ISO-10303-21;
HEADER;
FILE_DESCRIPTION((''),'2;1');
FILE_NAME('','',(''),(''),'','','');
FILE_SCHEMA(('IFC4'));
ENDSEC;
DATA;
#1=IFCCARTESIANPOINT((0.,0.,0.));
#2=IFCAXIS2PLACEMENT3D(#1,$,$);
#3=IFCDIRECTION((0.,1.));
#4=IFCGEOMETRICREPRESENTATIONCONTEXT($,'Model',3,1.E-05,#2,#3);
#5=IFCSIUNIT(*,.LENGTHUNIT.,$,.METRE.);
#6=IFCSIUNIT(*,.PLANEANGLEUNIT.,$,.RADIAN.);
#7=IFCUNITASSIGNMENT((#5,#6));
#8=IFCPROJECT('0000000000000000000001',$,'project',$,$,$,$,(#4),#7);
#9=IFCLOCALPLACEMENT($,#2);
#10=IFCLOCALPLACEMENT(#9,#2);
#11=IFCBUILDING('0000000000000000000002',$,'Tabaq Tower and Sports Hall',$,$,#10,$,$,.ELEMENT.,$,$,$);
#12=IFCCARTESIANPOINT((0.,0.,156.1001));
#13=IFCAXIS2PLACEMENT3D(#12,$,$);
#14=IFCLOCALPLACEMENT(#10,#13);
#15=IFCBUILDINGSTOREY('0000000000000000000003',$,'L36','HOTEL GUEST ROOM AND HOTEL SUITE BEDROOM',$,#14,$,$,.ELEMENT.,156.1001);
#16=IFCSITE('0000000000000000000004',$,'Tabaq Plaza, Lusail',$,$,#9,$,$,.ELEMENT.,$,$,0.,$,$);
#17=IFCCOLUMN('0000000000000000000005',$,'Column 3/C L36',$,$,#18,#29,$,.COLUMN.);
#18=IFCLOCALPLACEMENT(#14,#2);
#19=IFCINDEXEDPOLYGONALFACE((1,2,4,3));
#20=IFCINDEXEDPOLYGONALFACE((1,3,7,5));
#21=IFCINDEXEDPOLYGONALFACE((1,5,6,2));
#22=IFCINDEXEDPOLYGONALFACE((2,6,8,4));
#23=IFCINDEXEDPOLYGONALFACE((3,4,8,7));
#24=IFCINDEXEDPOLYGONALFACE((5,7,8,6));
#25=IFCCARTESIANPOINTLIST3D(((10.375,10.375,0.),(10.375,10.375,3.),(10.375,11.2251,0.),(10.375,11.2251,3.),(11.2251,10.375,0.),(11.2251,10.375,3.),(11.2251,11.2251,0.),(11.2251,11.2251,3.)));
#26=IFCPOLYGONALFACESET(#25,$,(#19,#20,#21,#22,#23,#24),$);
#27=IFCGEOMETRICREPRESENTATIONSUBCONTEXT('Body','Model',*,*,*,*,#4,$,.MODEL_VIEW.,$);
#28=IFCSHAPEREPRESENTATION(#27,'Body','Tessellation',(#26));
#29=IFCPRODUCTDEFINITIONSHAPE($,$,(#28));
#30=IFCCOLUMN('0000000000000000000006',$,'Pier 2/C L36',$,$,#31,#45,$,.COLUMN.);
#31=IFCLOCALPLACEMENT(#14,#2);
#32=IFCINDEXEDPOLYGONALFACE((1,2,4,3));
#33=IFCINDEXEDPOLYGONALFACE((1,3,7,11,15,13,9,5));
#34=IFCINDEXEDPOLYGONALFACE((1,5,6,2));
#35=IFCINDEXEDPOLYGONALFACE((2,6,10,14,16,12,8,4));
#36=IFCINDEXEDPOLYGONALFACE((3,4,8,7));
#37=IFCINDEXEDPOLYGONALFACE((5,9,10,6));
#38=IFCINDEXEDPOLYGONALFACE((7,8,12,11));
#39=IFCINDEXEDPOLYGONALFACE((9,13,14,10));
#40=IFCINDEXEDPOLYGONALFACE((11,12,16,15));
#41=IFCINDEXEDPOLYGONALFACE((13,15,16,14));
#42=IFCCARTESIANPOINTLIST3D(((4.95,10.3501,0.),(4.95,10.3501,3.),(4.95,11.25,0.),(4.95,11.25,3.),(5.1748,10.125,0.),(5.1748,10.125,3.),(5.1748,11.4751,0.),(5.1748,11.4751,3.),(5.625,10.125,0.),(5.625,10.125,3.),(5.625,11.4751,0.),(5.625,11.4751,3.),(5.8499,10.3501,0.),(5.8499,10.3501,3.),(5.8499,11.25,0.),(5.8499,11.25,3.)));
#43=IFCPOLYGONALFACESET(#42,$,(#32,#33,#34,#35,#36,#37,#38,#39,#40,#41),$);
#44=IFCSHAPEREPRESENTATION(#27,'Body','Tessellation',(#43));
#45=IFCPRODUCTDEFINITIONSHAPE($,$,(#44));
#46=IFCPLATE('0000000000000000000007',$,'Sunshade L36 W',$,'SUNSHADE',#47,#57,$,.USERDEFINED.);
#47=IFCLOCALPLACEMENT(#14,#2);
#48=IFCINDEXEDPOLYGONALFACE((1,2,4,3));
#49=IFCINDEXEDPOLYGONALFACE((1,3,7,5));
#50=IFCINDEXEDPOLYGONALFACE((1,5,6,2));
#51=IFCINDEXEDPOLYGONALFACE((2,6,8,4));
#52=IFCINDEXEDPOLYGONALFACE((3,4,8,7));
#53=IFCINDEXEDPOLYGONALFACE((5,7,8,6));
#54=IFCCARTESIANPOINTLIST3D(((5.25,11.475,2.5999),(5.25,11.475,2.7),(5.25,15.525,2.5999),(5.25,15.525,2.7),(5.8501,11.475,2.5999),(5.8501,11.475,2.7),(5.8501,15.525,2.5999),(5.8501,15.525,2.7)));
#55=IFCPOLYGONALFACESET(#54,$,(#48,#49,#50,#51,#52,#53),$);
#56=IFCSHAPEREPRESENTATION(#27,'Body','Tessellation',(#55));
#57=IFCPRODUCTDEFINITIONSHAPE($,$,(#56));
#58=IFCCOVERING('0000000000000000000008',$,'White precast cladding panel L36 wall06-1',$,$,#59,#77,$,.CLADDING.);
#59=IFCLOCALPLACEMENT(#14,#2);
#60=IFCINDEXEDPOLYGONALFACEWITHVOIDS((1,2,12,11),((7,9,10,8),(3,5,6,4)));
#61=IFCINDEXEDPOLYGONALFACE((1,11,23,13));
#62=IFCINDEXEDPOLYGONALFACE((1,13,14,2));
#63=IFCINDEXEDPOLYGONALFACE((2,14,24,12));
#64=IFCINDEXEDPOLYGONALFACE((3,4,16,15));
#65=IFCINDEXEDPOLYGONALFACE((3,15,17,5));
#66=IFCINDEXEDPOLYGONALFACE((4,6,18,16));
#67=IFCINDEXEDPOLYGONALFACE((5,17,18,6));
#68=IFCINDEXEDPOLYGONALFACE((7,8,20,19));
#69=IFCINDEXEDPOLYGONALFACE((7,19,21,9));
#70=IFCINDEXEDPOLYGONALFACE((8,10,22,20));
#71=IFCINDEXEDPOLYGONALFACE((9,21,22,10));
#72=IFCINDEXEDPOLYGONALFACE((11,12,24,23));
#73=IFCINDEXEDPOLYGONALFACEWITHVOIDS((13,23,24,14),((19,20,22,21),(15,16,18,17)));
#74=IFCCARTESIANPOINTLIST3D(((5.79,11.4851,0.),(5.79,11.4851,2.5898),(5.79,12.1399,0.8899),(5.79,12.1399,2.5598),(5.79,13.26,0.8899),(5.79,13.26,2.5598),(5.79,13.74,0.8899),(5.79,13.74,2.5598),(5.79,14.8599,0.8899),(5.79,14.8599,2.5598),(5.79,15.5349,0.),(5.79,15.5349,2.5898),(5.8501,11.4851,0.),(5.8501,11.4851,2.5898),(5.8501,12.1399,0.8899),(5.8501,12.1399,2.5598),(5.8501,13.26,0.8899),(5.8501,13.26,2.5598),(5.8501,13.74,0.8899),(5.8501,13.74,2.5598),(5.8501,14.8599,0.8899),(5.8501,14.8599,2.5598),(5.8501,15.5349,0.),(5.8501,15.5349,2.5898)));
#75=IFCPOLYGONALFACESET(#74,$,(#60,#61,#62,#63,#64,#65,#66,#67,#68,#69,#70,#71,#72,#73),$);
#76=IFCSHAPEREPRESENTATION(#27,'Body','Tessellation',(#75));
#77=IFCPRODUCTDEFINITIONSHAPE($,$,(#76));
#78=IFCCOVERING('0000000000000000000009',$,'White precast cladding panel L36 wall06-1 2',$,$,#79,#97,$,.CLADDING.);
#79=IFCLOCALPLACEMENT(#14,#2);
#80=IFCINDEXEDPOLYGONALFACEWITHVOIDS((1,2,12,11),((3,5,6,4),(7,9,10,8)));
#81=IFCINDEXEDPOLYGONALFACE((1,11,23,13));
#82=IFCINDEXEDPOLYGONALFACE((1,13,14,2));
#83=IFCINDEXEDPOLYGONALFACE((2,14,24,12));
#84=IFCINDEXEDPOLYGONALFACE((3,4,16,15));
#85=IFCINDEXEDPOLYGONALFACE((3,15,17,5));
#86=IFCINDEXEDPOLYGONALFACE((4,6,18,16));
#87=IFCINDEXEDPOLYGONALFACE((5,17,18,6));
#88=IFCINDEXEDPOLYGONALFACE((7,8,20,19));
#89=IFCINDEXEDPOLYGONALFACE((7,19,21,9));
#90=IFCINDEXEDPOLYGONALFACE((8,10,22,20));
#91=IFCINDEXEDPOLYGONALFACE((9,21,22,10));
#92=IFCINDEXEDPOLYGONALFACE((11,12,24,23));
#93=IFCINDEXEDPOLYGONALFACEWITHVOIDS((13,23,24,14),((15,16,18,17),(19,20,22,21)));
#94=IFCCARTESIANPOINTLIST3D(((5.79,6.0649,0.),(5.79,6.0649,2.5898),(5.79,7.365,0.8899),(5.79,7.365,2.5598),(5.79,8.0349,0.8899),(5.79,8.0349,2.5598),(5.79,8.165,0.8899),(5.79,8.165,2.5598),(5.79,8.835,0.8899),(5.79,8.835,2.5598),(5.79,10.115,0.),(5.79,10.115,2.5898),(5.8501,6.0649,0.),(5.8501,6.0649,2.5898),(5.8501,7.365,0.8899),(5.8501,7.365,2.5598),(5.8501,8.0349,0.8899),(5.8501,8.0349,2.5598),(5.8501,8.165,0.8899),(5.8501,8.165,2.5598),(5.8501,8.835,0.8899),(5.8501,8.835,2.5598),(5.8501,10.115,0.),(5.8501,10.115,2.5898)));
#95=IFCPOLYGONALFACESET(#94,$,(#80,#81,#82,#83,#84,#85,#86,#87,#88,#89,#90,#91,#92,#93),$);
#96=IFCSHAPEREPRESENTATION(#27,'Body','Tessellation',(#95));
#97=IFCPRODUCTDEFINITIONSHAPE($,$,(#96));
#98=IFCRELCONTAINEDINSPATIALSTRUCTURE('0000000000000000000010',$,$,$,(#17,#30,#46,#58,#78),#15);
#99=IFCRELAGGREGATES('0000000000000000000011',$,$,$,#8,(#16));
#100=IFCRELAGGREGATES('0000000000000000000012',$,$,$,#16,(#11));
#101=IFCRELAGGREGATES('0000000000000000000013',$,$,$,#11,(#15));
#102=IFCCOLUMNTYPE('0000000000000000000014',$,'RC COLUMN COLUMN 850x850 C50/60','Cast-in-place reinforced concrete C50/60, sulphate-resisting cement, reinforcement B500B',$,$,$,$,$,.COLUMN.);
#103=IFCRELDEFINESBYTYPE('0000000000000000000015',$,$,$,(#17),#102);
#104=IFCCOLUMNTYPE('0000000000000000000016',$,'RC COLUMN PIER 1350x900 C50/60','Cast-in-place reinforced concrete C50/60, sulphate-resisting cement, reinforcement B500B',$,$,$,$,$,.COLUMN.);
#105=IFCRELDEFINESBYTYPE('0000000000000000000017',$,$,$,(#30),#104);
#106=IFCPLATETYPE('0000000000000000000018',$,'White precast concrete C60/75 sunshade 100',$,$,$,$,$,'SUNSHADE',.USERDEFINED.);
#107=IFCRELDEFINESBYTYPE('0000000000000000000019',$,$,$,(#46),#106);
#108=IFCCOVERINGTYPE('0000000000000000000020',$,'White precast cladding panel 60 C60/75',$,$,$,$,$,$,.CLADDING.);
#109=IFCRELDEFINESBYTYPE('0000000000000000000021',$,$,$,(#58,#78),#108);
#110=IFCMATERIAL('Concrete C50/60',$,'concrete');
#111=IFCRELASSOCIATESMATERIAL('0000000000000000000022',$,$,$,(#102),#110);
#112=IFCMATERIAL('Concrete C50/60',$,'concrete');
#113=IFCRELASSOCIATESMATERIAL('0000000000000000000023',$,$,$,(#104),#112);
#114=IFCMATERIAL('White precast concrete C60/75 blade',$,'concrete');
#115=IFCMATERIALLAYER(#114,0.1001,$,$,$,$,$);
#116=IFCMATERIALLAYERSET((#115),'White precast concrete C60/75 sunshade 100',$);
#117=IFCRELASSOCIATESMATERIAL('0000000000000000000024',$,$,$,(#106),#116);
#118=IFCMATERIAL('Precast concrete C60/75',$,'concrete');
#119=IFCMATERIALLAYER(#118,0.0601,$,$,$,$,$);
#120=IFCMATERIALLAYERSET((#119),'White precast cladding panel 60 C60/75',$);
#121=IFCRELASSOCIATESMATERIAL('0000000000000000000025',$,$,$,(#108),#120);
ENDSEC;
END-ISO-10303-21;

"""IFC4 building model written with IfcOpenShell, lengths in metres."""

from ifc_helpers import new_model, si_unit, direction, frame, origin, origin_2d, place, context, subcontext, project, spatial, polyline, rectangle, outline, extrude, material, layer, layer_set, material_profile, profile_set, type_object, element, save


model = new_model("IFC4")

# Units and contexts
model_context = context("Model", 3, precision=1e-05, world=origin(), true_north=direction((0.0, 1.0)))
body_context = subcontext(model_context, "Body", "Model", "MODEL_VIEW")
ifc_project = project(units=[si_unit("LENGTHUNIT", "METRE"), si_unit("PLANEANGLEUNIT", "RADIAN")], contexts=[model_context])

# Site, building, storey
site_placement = place(None, origin())
site = spatial("IfcSite", under=ifc_project, at=site_placement, Name="Tabaq Plaza, Lusail", CompositionType="ELEMENT", RefElevation=0.0)
building_placement = place(site_placement, origin())
building = spatial("IfcBuilding", under=site, at=building_placement, Name="Tabaq Tower and Sports Hall", CompositionType="ELEMENT")
storey_placement = place(building_placement, frame((0.0, 0.0, 156.1001)))
storey = spatial("IfcBuildingStorey", under=building, at=storey_placement, Name="L36", Description="HOTEL GUEST ROOM AND HOTEL SUITE BEDROOM", CompositionType="ELEMENT", Elevation=156.1001)

# Columns
ifc_material_1 = material(Name="Concrete C50/60", Category="concrete")
ifc_material_profile_1 = material_profile(ifc_material_1, rectangle(XDim=0.8501, YDim=0.8501, at=origin_2d()), Name="COLUMN 850x850")
ifc_profile_set_1 = profile_set([ifc_material_profile_1], Name="Concrete C50/60")
column_type_1 = type_object("IfcColumnType", Name="RC COLUMN COLUMN 850x850 C50/60", Description="Cast-in-place reinforced concrete C50/60, sulphate-resisting cement, reinforcement B500B", PredefinedType="COLUMN", material=ifc_profile_set_1)
column_1_placement = place(storey_placement, frame((10.8, 10.8, 0.0), z_axis=(0.0, 0.0, 1.0), x_axis=(1.0, 0.0, 0.0)))
element("IfcColumn", 1, at=column_1_placement, inside=storey, type_object=column_type_1, Name="Column 3/C L36", PredefinedType="COLUMN", context=body_context, shape_type="SweptSolid", body=[
    extrude(rectangle(XDim=0.8501, YDim=0.8501, at=origin_2d()), origin(), (0.0, 0.0, 1.0), 3.0),
])
ifc_material_2 = material(Name="Concrete C50/60", Category="concrete")
ifc_material_profile_2 = material_profile(ifc_material_2, outline(polyline([(-0.45, -0.45), (0.45, -0.45), (0.675, -0.2251), (0.675, 0.2251), (0.45, 0.45), (-0.45, 0.45), (-0.675, 0.2251), (-0.675, -0.2251), (-0.45, -0.45)])), Name="PIER 1350x900")
ifc_profile_set_2 = profile_set([ifc_material_profile_2], Name="Concrete C50/60")
column_type_2 = type_object("IfcColumnType", Name="RC COLUMN PIER 1350x900 C50/60", Description="Cast-in-place reinforced concrete C50/60, sulphate-resisting cement, reinforcement B500B", PredefinedType="COLUMN", material=ifc_profile_set_2)
column_2_placement = place(storey_placement, frame((5.3999, 10.8, 0.0), z_axis=(0.0, 0.0, 1.0), x_axis=(0.0, 1.0, 0.0)))
element("IfcColumn", 2, at=column_2_placement, inside=storey, type_object=column_type_2, Name="Pier 2/C L36", PredefinedType="COLUMN", context=body_context, shape_type="SweptSolid", body=[
    extrude(outline(polyline([(-0.45, -0.45), (0.45, -0.45), (0.675, -0.2251), (0.675, 0.2251), (0.45, 0.45), (-0.45, 0.45), (-0.675, 0.2251), (-0.675, -0.2251), (-0.45, -0.45)])), origin(), (0.0, 0.0, 1.0), 3.0),
])

# Plate
ifc_material_3 = material(Name="White precast concrete C60/75 blade", Category="concrete")
ifc_layer_1 = layer(ifc_material_3, 0.1001)
ifc_layer_set_1 = layer_set([ifc_layer_1], Name="White precast concrete C60/75 sunshade 100")
plate_type = type_object("IfcPlateType", Name="White precast concrete C60/75 sunshade 100", ElementType="SUNSHADE", PredefinedType="USERDEFINED", material=ifc_layer_set_1)
plate_placement = place(storey_placement, frame((5.55, 13.5, 2.5999), z_axis=(0.0, 0.0, 1.0), x_axis=(0.0, -1.0, 0.0)))
element("IfcPlate", 3, at=plate_placement, inside=storey, type_object=plate_type, Name="Sunshade L36 W", ObjectType="SUNSHADE", PredefinedType="USERDEFINED", context=body_context, shape_type="SweptSolid", body=[
    extrude(rectangle(XDim=4.05, YDim=0.6001, at=origin_2d()), origin(), (0.0, 0.0, 1.0), 0.1001),
])

# Coverings
ifc_material_4 = material(Name="Precast concrete C60/75", Category="concrete")
ifc_layer_2 = layer(ifc_material_4, 0.0601)
ifc_layer_set_2 = layer_set([ifc_layer_2], Name="White precast cladding panel 60 C60/75")
covering_type = type_object("IfcCoveringType", Name="White precast cladding panel 60 C60/75", PredefinedType="CLADDING", material=ifc_layer_set_2)
covering_1_placement = place(storey_placement, frame((5.8201, 15.5349, 0.0), z_axis=(0.0, 0.0, 1.0), x_axis=(0.0, -1.0, 0.0)))
element("IfcCovering", 4, at=covering_1_placement, inside=storey, type_object=covering_type, Name="White precast cladding panel L36 wall06-1", PredefinedType="CLADDING", context=body_context, shape_type="SweptSolid", body=[
    extrude(outline(polyline([(0.0, 0.0), (4.0498, 0.0), (4.0498, 2.5898), (0.0, 2.5898), (0.0, 0.0)]), holes=[polyline([(0.675, 0.8899), (0.675, 2.5598), (1.7949, 2.5598), (1.7949, 0.8899), (0.675, 0.8899)]), polyline([(2.2749, 0.8899), (2.2749, 2.5598), (3.395, 2.5598), (3.395, 0.8899), (2.2749, 0.8899)])]), frame((0.0, 0.03, 0.0), z_axis=(0.0, -1.0, 0.0), x_axis=(1.0, 0.0, 0.0)), (0.0, 0.0, 1.0), 0.0601),
])
covering_2_placement = place(storey_placement, frame((5.8201, 10.115, 0.0), z_axis=(0.0, 0.0, 1.0), x_axis=(0.0, -1.0, 0.0)))
element("IfcCovering", 5, at=covering_2_placement, inside=storey, type_object=covering_type, Name="White precast cladding panel L36 wall06-1 2", PredefinedType="CLADDING", context=body_context, shape_type="SweptSolid", body=[
    extrude(outline(polyline([(0.0, 0.0), (4.05, 0.0), (4.05, 2.5898), (0.0, 2.5898), (0.0, 0.0)]), holes=[polyline([(1.28, 0.8899), (1.28, 2.5598), (1.95, 2.5598), (1.95, 0.8899), (1.28, 0.8899)]), polyline([(2.0801, 0.8899), (2.0801, 2.5598), (2.75, 2.5598), (2.75, 0.8899), (2.0801, 0.8899)])]), frame((0.0, 0.03, 0.0), z_axis=(0.0, -1.0, 0.0), x_axis=(1.0, 0.0, 0.0)), (0.0, 0.0, 1.0), 0.0601),
])

save(model, "model.ifc")
